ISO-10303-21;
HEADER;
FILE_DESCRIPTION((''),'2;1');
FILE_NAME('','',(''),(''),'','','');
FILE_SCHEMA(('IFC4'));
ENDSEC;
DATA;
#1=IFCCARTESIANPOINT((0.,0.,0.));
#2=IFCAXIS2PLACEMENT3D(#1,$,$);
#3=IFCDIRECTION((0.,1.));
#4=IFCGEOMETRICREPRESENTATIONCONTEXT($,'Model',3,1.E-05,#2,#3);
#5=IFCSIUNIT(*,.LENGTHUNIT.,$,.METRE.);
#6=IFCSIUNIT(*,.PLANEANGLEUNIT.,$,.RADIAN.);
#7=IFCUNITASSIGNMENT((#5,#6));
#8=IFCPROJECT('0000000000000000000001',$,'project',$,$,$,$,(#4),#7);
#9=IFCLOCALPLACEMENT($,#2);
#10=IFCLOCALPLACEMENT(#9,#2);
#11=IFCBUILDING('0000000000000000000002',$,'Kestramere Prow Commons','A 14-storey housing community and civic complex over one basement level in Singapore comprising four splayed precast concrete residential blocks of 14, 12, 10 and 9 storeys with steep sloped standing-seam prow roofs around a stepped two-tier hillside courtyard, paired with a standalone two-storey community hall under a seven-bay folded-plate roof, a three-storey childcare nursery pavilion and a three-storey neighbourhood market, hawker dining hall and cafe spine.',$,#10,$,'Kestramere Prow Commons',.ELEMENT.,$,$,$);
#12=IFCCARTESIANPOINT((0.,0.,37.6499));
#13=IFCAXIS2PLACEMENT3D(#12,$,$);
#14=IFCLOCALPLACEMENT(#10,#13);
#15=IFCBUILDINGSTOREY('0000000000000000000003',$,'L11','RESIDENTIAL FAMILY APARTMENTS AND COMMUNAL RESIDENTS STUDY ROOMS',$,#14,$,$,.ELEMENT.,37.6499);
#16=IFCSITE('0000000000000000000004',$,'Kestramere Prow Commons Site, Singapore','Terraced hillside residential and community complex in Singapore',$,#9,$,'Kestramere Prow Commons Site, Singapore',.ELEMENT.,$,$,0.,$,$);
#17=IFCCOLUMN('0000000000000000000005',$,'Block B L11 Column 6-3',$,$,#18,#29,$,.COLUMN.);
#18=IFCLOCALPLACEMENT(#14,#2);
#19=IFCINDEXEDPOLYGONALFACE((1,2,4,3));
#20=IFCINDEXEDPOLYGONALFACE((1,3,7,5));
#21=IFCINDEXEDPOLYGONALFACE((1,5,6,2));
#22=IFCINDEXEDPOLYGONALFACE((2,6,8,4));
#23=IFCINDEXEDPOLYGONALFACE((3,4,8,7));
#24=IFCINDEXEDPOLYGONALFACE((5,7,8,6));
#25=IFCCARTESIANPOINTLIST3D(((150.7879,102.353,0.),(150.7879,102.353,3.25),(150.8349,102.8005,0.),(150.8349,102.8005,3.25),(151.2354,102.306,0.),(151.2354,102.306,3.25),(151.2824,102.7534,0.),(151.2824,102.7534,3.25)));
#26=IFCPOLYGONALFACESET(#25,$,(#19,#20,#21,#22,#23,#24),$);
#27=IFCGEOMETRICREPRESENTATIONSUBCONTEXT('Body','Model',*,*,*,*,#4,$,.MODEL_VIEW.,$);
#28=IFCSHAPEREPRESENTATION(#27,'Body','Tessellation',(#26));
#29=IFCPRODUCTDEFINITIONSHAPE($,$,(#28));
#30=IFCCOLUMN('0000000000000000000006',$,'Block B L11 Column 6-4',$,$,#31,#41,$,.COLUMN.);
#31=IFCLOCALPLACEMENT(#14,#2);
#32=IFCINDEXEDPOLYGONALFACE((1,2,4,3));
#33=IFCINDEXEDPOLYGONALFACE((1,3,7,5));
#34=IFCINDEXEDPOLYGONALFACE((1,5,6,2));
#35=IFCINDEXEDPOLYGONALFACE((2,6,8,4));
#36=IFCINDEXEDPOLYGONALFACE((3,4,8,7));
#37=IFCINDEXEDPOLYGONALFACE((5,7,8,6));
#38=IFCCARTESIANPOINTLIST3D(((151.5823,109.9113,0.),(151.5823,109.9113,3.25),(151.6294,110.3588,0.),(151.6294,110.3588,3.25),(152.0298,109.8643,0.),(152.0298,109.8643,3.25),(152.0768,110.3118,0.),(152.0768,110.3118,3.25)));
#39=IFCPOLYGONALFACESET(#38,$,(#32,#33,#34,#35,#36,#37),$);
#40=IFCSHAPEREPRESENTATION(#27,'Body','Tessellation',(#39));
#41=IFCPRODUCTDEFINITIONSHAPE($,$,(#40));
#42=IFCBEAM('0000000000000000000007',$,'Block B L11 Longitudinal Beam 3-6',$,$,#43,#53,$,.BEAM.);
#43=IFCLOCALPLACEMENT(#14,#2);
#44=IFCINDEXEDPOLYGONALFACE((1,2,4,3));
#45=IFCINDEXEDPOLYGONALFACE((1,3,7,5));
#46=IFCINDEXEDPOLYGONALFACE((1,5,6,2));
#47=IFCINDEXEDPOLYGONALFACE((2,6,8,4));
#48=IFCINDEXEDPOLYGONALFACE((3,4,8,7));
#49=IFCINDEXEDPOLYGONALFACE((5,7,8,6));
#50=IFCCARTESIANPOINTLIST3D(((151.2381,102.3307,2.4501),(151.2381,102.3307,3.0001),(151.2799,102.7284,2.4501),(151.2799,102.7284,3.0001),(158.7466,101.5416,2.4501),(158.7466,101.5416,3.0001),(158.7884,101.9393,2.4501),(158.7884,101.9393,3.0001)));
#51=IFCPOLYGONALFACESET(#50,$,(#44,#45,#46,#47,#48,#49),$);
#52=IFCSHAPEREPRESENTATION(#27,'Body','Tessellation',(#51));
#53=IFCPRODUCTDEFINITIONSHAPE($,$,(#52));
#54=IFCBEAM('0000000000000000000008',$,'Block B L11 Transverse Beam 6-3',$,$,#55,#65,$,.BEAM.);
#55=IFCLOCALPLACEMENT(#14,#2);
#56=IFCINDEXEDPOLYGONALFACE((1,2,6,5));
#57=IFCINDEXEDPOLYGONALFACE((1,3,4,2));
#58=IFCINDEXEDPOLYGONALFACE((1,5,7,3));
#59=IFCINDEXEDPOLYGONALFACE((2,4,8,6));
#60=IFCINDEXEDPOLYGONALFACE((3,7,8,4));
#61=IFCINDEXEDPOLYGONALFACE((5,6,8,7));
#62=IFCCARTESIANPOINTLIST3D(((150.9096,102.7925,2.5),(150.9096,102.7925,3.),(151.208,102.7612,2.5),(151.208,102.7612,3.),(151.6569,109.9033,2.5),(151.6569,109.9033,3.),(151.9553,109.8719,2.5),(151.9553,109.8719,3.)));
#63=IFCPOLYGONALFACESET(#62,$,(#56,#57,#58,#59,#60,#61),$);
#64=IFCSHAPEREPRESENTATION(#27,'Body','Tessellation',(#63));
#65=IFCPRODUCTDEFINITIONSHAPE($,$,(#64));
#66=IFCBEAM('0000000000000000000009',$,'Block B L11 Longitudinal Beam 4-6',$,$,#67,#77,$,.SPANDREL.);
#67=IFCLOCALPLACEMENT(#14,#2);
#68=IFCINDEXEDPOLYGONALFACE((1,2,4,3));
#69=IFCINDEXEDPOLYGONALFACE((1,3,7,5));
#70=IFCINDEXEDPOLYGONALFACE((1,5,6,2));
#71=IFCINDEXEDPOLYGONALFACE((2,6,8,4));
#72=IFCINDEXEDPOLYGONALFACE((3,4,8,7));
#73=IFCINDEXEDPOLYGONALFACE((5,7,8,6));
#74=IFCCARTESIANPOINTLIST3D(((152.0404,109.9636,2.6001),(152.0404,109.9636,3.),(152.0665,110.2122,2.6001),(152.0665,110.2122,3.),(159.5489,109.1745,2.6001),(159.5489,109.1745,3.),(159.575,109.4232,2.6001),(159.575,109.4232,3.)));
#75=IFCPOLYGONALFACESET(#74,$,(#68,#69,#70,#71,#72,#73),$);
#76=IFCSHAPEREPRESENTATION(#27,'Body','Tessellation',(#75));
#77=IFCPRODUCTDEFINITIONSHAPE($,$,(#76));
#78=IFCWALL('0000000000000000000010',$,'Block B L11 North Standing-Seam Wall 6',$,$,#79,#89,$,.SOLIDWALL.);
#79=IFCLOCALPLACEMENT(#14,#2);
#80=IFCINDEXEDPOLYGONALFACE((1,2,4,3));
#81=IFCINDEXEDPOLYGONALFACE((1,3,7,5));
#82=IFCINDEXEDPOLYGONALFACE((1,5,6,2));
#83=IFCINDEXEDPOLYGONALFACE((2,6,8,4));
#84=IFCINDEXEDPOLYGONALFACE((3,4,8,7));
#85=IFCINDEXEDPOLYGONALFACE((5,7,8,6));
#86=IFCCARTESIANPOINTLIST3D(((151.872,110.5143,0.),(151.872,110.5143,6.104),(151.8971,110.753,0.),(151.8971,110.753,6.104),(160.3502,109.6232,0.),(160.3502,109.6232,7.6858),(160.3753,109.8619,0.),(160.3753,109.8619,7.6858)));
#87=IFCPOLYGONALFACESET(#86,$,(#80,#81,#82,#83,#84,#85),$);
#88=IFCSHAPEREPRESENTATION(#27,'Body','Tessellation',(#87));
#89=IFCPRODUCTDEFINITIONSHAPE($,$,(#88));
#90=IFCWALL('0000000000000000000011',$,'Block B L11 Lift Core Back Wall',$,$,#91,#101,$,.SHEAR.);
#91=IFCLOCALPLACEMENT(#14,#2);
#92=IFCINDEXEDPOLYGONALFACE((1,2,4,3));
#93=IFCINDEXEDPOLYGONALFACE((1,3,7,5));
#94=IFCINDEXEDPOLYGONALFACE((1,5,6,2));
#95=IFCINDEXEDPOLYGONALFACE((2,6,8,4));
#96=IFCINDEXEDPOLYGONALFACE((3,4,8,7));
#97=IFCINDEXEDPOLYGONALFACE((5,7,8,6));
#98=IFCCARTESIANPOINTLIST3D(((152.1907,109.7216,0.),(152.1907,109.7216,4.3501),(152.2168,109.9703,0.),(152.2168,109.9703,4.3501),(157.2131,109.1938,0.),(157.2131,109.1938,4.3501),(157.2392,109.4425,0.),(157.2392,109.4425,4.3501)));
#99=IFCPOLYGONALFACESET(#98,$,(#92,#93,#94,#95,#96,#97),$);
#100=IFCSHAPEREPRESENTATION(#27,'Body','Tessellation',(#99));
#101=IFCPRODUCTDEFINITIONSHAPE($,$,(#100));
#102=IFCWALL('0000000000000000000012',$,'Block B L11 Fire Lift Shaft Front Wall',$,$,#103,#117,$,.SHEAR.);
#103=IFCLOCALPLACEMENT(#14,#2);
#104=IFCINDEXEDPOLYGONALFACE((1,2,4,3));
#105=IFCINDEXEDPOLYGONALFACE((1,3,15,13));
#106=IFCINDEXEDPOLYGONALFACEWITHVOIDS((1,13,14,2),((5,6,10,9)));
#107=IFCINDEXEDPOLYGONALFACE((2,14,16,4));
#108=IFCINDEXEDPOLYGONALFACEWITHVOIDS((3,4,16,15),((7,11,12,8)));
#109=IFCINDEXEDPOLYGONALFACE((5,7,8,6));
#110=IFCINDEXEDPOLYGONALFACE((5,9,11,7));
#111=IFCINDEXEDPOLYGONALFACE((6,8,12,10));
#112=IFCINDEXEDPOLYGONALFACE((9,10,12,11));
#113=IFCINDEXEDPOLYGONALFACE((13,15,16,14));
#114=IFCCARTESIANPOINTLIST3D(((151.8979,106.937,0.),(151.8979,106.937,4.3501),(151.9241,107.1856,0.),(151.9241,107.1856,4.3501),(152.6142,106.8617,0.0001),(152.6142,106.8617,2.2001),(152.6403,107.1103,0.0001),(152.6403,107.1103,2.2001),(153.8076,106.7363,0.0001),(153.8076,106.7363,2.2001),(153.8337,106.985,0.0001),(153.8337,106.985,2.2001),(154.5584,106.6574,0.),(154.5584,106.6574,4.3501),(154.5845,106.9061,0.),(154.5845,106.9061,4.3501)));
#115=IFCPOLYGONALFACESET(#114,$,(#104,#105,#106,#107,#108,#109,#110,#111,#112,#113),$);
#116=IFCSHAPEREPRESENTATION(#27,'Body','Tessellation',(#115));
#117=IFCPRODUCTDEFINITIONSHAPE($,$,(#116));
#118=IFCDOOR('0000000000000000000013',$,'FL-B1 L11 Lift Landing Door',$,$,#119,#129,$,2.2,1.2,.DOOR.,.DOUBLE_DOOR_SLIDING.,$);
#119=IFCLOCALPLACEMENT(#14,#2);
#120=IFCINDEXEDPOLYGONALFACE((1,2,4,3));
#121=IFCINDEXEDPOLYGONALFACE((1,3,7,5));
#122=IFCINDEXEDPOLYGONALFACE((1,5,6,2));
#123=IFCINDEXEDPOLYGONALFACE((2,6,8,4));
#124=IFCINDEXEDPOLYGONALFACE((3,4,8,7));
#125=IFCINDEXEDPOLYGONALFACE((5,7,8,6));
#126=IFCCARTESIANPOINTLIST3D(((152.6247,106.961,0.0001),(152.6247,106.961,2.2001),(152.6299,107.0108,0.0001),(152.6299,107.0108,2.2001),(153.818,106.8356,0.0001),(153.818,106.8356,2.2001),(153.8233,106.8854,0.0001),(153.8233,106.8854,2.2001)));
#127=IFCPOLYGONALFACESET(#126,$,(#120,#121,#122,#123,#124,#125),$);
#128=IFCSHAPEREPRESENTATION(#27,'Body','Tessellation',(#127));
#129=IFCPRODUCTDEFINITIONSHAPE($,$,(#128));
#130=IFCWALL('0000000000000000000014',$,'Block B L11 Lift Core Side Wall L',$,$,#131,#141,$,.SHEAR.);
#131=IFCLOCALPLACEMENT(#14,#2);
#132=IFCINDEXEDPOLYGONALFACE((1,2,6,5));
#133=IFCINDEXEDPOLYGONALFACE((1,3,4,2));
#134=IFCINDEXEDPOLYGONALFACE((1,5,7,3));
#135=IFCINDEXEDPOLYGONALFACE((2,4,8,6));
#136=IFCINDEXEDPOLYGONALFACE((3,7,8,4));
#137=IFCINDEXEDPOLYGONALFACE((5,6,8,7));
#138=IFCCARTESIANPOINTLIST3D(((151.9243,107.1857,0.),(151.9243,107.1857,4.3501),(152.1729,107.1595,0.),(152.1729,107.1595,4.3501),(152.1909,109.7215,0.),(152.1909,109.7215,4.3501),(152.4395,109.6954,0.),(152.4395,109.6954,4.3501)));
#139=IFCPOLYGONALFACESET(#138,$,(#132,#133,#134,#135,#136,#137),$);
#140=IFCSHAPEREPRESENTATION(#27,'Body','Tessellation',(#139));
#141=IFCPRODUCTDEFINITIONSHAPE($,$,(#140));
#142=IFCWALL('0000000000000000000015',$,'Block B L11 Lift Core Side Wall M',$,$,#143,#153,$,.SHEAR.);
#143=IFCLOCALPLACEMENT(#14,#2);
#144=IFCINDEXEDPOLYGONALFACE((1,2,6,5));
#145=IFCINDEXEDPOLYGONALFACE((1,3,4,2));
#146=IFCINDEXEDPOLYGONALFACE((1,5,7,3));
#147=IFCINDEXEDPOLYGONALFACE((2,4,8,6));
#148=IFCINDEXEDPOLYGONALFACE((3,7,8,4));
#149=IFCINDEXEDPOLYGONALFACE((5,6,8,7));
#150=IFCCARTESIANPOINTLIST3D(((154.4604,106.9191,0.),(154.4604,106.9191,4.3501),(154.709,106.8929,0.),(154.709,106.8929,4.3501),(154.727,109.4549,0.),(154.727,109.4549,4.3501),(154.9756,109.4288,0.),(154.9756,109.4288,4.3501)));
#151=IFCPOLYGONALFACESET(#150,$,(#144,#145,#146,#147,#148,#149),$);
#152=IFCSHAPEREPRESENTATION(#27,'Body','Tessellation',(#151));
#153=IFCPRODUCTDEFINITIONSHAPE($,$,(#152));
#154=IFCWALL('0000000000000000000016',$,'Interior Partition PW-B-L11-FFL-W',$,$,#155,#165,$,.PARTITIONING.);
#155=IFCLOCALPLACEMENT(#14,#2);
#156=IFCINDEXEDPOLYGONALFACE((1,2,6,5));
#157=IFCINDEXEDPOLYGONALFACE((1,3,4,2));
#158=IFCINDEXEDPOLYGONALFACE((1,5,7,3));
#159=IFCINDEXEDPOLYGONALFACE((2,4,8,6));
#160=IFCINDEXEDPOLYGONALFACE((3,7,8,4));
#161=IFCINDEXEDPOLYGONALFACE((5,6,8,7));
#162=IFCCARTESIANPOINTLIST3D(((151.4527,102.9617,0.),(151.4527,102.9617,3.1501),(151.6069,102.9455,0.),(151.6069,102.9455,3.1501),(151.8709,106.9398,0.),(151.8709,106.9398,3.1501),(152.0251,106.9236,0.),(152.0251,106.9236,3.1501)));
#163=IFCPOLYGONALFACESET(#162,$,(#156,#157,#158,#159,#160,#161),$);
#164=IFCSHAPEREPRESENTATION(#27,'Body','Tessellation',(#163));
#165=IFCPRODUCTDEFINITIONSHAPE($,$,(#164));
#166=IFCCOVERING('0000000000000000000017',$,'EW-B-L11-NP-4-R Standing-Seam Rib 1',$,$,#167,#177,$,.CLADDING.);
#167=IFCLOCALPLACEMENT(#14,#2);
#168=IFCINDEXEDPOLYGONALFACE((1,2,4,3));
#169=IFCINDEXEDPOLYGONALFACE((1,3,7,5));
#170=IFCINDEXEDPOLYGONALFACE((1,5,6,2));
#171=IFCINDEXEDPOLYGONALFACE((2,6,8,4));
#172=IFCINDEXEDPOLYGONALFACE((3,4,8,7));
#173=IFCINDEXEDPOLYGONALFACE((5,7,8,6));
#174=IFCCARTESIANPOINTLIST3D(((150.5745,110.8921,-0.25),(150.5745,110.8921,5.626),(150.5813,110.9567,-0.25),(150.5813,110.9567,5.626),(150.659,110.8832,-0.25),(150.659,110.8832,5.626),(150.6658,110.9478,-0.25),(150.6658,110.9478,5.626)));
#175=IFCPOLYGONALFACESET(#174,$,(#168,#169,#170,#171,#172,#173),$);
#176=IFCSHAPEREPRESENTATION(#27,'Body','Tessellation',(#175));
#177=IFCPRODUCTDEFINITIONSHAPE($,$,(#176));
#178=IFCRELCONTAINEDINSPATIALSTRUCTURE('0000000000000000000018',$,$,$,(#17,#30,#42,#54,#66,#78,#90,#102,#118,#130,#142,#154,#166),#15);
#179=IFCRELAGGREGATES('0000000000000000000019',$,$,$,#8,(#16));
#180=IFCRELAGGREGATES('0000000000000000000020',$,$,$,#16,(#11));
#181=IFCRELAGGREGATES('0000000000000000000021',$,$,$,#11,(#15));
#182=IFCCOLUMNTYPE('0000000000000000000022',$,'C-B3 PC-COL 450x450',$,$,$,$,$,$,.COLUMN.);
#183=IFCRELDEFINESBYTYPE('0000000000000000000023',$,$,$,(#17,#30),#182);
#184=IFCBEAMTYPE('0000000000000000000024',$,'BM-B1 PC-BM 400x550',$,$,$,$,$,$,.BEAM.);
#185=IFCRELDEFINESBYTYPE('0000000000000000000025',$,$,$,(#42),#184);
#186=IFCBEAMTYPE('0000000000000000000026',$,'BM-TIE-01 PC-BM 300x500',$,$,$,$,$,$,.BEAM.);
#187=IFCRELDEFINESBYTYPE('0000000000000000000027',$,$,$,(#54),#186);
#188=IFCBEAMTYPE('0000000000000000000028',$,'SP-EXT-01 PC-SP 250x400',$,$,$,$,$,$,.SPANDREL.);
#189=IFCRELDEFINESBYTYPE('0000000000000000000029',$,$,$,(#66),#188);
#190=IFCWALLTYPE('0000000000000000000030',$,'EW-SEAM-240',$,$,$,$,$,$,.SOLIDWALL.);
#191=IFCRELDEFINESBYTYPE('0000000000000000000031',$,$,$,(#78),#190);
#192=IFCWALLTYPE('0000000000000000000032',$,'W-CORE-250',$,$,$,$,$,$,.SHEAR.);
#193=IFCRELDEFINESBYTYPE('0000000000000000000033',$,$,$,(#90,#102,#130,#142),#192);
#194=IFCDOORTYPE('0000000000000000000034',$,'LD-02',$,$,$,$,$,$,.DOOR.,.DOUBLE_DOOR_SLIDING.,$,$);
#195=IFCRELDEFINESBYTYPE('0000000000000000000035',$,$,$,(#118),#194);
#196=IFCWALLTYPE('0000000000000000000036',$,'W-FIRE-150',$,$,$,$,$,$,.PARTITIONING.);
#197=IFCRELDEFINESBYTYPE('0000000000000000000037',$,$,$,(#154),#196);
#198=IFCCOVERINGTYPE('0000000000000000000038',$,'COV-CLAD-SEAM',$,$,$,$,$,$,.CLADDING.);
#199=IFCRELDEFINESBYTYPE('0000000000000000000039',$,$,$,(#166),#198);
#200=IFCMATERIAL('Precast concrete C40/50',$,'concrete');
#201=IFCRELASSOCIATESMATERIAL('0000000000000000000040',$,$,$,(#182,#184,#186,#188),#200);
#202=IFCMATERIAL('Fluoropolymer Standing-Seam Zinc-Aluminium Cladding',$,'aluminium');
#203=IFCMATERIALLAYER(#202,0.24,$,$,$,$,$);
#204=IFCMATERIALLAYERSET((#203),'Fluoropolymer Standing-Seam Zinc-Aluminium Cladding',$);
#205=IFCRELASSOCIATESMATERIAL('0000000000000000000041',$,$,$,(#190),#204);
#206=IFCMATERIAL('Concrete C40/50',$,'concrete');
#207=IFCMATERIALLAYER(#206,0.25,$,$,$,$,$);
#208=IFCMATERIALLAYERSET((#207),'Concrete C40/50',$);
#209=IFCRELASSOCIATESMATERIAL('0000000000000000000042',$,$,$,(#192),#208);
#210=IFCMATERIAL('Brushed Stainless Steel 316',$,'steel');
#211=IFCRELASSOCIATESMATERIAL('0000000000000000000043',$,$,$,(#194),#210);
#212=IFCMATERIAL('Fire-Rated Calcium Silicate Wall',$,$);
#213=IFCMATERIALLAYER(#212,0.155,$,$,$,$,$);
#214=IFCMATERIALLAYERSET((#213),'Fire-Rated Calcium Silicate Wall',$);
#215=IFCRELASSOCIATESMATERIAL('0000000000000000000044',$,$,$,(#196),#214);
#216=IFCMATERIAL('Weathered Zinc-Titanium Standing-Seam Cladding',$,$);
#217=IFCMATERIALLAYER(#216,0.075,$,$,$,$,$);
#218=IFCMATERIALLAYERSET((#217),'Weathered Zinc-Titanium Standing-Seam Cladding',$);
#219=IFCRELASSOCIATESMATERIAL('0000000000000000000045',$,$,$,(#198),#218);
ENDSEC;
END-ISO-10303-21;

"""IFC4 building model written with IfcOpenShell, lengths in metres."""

from ifc_helpers import new_model, si_unit, direction, frame, frame_2d, origin, origin_2d, place, context, subcontext, project, spatial, polyline, rectangle, outline, extrude, material, layer, layer_set, material_profile, profile_set, type_object, element, fill, save


model = new_model("IFC4")

# Units and contexts
model_context = context("Model", 3, precision=1e-05, world=origin(), true_north=direction((0.0, 1.0)))
body_context = subcontext(model_context, "Body", "Model", "MODEL_VIEW")
ifc_project = project(units=[si_unit("LENGTHUNIT", "METRE"), si_unit("PLANEANGLEUNIT", "RADIAN")], contexts=[model_context])

# Site, building, storey
site_placement = place(None, origin())
site = spatial("IfcSite", under=ifc_project, at=site_placement, Name="Kestramere Prow Commons Site, Singapore", Description="Terraced hillside residential and community complex in Singapore", LongName="Kestramere Prow Commons Site, Singapore", CompositionType="ELEMENT", RefElevation=0.0)
building_placement = place(site_placement, origin())
building = spatial("IfcBuilding", under=site, at=building_placement, Name="Kestramere Prow Commons", Description="A 14-storey housing community and civic complex over one basement level in Singapore comprising four splayed precast concrete residential blocks of 14, 12, 10 and 9 storeys with steep sloped standing-seam prow roofs around a stepped two-tier hillside courtyard, paired with a standalone two-storey community hall under a seven-bay folded-plate roof, a three-storey childcare nursery pavilion and a three-storey neighbourhood market, hawker dining hall and cafe spine.", LongName="Kestramere Prow Commons", CompositionType="ELEMENT")
storey_placement = place(building_placement, frame((0.0, 0.0, 37.6499)))
storey = spatial("IfcBuildingStorey", under=building, at=storey_placement, Name="L11", Description="RESIDENTIAL FAMILY APARTMENTS AND COMMUNAL RESIDENTS STUDY ROOMS", CompositionType="ELEMENT", Elevation=37.6499)

# Columns
ifc_material_1 = material(Name="Precast concrete C40/50", Category="concrete")
ifc_material_profile_1 = material_profile(ifc_material_1, rectangle(XDim=0.45, YDim=0.45, at=origin_2d()), Name="PC-COL 450x450")
ifc_profile_set_1 = profile_set([ifc_material_profile_1], Name="Precast concrete C40/50")
column_type = type_object("IfcColumnType", Name="C-B3 PC-COL 450x450", PredefinedType="COLUMN", material=ifc_profile_set_1)
for number, where, z_axis, x_axis, name in (
    (1, (151.0352, 102.5532, 0.0), (0.0, 0.0, 1.0), (0.994522, -0.104528, 0.0), "Block B L11 Column 6-3"),
    (2, (151.8296, 110.1116, 0.0), (0.0, 0.0, 1.0), (0.994522, -0.104528, 0.0), "Block B L11 Column 6-4"),
):
    element("IfcColumn", number, at=place(storey_placement, frame(where, z_axis=z_axis, x_axis=x_axis)), inside=storey, type_object=column_type, Name=name, PredefinedType="COLUMN", context=body_context, shape_type="SweptSolid", body=[
        extrude(rectangle(XDim=0.45, YDim=0.45, at=origin_2d()), origin(), (0.0, 0.0, 1.0), 3.25),
    ])

# Beams
ifc_material_profile_2 = material_profile(ifc_material_1, rectangle(XDim=0.3999, YDim=0.55, at=origin_2d()), Name="PC-BM 400x550")
ifc_profile_set_2 = profile_set([ifc_material_profile_2], Name="Precast concrete C40/50")
beam_type_1 = type_object("IfcBeamType", Name="BM-B1 PC-BM 400x550", PredefinedType="BEAM", material=ifc_profile_set_2)
beam_1_placement = place(storey_placement, frame((151.259, 102.5295, 2.7251), z_axis=(0.994524, -0.104513, 0.0), x_axis=(0.104513, 0.994524, 0.0)))
element("IfcBeam", 3, at=beam_1_placement, inside=storey, type_object=beam_type_1, Name="Block B L11 Longitudinal Beam 3-6", PredefinedType="BEAM", context=body_context, shape_type="SweptSolid", body=[
    extrude(rectangle(XDim=0.3999, YDim=0.55, at=origin_2d()), origin(), (0.0, 0.0, 1.0), 7.5498),
])
ifc_material_profile_3 = material_profile(ifc_material_1, rectangle(XDim=0.3, YDim=0.5, at=origin_2d()), Name="PC-BM 300x500")
ifc_profile_set_3 = profile_set([ifc_material_profile_3], Name="Precast concrete C40/50")
beam_type_2 = type_object("IfcBeamType", Name="BM-TIE-01 PC-BM 300x500", PredefinedType="BEAM", material=ifc_profile_set_3)
beam_2_placement = place(storey_placement, frame((151.0588, 102.7769, 2.75), z_axis=(0.104519, 0.994523, 0.0), x_axis=(-0.994523, 0.104519, 0.0)))
element("IfcBeam", 4, at=beam_2_placement, inside=storey, type_object=beam_type_2, Name="Block B L11 Transverse Beam 6-3", PredefinedType="BEAM", context=body_context, shape_type="SweptSolid", body=[
    extrude(rectangle(XDim=0.3, YDim=0.5, at=origin_2d()), origin(), (0.0, 0.0, 1.0), 7.1499),
])
ifc_material_profile_4 = material_profile(ifc_material_1, rectangle(XDim=0.25, YDim=0.3999, at=origin_2d()), Name="PC-SP 250x400")
ifc_profile_set_4 = profile_set([ifc_material_profile_4], Name="Precast concrete C40/50")
beam_type_3 = type_object("IfcBeamType", Name="SP-EXT-01 PC-SP 250x400", PredefinedType="SPANDREL", material=ifc_profile_set_4)
beam_3_placement = place(storey_placement, frame((152.0535, 110.0879, 2.8), z_axis=(0.994524, -0.104513, 0.0), x_axis=(0.104513, 0.994524, 0.0)))
element("IfcBeam", 5, at=beam_3_placement, inside=storey, type_object=beam_type_3, Name="Block B L11 Longitudinal Beam 4-6", PredefinedType="SPANDREL", context=body_context, shape_type="SweptSolid", body=[
    extrude(rectangle(XDim=0.25, YDim=0.3999, at=origin_2d()), origin(), (0.0, 0.0, 1.0), 7.5498),
])

# Walls
ifc_material_2 = material(Name="Fluoropolymer Standing-Seam Zinc-Aluminium Cladding", Category="aluminium")
ifc_layer_1 = layer(ifc_material_2, 0.24)
ifc_layer_set_1 = layer_set([ifc_layer_1], Name="Fluoropolymer Standing-Seam Zinc-Aluminium Cladding")
wall_type_1 = type_object("IfcWallType", Name="EW-SEAM-240", PredefinedType="SOLIDWALL", material=ifc_layer_set_1)
wall_1_placement = place(storey_placement, frame((151.8845, 110.6335, 0.0), z_axis=(0.0, 0.0, 1.0), x_axis=(0.994522, -0.10453, 0.0)))
element("IfcWall", 6, at=wall_1_placement, inside=storey, type_object=wall_type_1, Name="Block B L11 North Standing-Seam Wall 6", PredefinedType="SOLIDWALL", context=body_context, shape_type="SweptSolid", body=[
    extrude(outline(polyline([(0.0, 0.0), (8.5249, 0.0), (8.5249, 7.6858), (0.0, 6.104), (0.0, 0.0)])), frame((0.0, 0.1201, 0.0), z_axis=(0.0, -1.0, 0.0), x_axis=(1.0, 0.0, 0.0)), (0.0, 0.0, 1.0), 0.24),
])
ifc_material_3 = material(Name="Concrete C40/50", Category="concrete")
ifc_layer_2 = layer(ifc_material_3, 0.25)
ifc_layer_set_2 = layer_set([ifc_layer_2], Name="Concrete C40/50")
wall_type_2 = type_object("IfcWallType", Name="W-CORE-250", PredefinedType="SHEAR", material=ifc_layer_set_2)
wall_2_placement = place(storey_placement, frame((152.2039, 109.8459, 0.0), z_axis=(0.0, 0.0, 1.0), x_axis=(0.994523, -0.104519, 0.0)))
element("IfcWall", 7, at=wall_2_placement, inside=storey, type_object=wall_type_2, Name="Block B L11 Lift Core Back Wall", PredefinedType="SHEAR", context=body_context, shape_type="SweptSolid", body=[
    extrude(rectangle(XDim=5.05, YDim=0.25, at=frame_2d((2.5249, 0.0))), origin(), (0.0, 0.0, 1.0), 4.3501),
])

# Wall, opening, door
wall_3_placement = place(storey_placement, frame((151.9111, 107.0613, 0.0), z_axis=(0.0, 0.0, 1.0), x_axis=(0.994525, -0.1045, 0.0)))
wall_3 = element("IfcWall", 8, at=wall_3_placement, inside=storey, type_object=wall_type_2, Name="Block B L11 Fire Lift Shaft Front Wall", PredefinedType="SHEAR", context=body_context, shape_type="SweptSolid", body=[
    extrude(rectangle(XDim=2.675, YDim=0.25, at=frame_2d((1.3374, 0.0))), origin(), (0.0, 0.0, 1.0), 4.3501),
])
opening_1_placement = place(wall_3_placement, frame((0.72, 0.0, 0.0)))
opening_1 = element("IfcOpeningElement", 9, at=opening_1_placement, cuts=wall_3, PredefinedType="OPENING", context=body_context, shape_type="SweptSolid", body=[
    extrude(rectangle(XDim=1.2, YDim=2.2, at=frame_2d((0.6001, 1.1001))), frame((0.0, 0.1399, 0.0), z_axis=(0.0, -1.0, 0.0), x_axis=(1.0, 0.0, 0.0)), (0.0, 0.0, 1.0), 0.28),
])
ifc_material_4 = material(Name="Brushed Stainless Steel 316", Category="steel")
door_type_1 = type_object("IfcDoorType", Name="LD-02", OperationType="DOUBLE_DOOR_SLIDING", PredefinedType="DOOR", material=ifc_material_4)
door_1_placement = place(opening_1_placement, origin())
door_1 = element("IfcDoor", 10, at=door_1_placement, inside=storey, type_object=door_type_1, Name="FL-B1 L11 Lift Landing Door", OperationType="DOUBLE_DOOR_SLIDING", OverallHeight=2.2, OverallWidth=1.2, PredefinedType="DOOR", context=body_context, shape_type="SweptSolid", body=[
    extrude(rectangle(XDim=1.2, YDim=2.2, at=frame_2d((0.6001, 1.1001))), frame((0.0, 0.0249, 0.0), z_axis=(0.0, -1.0, 0.0), x_axis=(1.0, 0.0, 0.0)), (0.0, 0.0, 1.0), 0.05),
])
fill(opening_1, door_1)

# Walls
for number, where, z_axis, x_axis, name in (
    (11, (152.0486, 107.1726, 0.0), (0.0, 0.0, 1.0), (0.104555, 0.994519, 0.0), "Block B L11 Lift Core Side Wall L"),
    (12, (154.5847, 106.906, 0.0), (0.0, 0.0, 1.0), (0.104555, 0.994519, 0.0), "Block B L11 Lift Core Side Wall M"),
):
    element("IfcWall", number, at=place(storey_placement, frame(where, z_axis=z_axis, x_axis=x_axis)), inside=storey, type_object=wall_type_2, Name=name, PredefinedType="SHEAR", context=body_context, shape_type="SweptSolid", body=[
        extrude(rectangle(XDim=2.5498, YDim=0.25, at=frame_2d((1.2749, 0.0))), origin(), (0.0, 0.0, 1.0), 4.3501),
    ])

# Shared definitions
ifc_material_5 = material(Name="Fire-Rated Calcium Silicate Wall")
ifc_layer_3 = layer(ifc_material_5, 0.155)
ifc_layer_set_3 = layer_set([ifc_layer_3], Name="Fire-Rated Calcium Silicate Wall")
wall_type_3 = type_object("IfcWallType", Name="W-FIRE-150", PredefinedType="PARTITIONING", material=ifc_layer_set_3)

# Wall
wall_4_placement = place(storey_placement, frame((151.5298, 102.9536, 0.0), z_axis=(0.0, 0.0, 1.0), x_axis=(0.104555, 0.994519, 0.0)))
element("IfcWall", 13, at=wall_4_placement, inside=storey, type_object=wall_type_3, Name="Interior Partition PW-B-L11-FFL-W", PredefinedType="PARTITIONING", context=body_context, shape_type="SweptSolid", body=[
    extrude(rectangle(XDim=4.0, YDim=0.155, at=frame_2d((2.0, 0.0))), origin(), (0.0, 0.0, 1.0), 3.1501),
])

# Covering
ifc_material_6 = material(Name="Weathered Zinc-Titanium Standing-Seam Cladding")
ifc_layer_4 = layer(ifc_material_6, 0.075)
ifc_layer_set_4 = layer_set([ifc_layer_4], Name="Weathered Zinc-Titanium Standing-Seam Cladding")
covering_type = type_object("IfcCoveringType", Name="COV-CLAD-SEAM", PredefinedType="CLADDING", material=ifc_layer_set_4)
covering_1_placement = place(storey_placement, frame((150.6201, 110.9199, -0.25), z_axis=(0.0, 0.0, 1.0), x_axis=(0.994522, -0.104528, 0.0)))
element("IfcCovering", 14, at=covering_1_placement, inside=storey, type_object=covering_type, Name="EW-B-L11-NP-4-R Standing-Seam Rib 1", PredefinedType="CLADDING", context=body_context, shape_type="SweptSolid", body=[
    extrude(rectangle(XDim=0.085, YDim=0.0649, at=origin_2d()), origin(), (0.0, 0.0, 1.0), 5.876),
])

save(model, "model.ifc")
